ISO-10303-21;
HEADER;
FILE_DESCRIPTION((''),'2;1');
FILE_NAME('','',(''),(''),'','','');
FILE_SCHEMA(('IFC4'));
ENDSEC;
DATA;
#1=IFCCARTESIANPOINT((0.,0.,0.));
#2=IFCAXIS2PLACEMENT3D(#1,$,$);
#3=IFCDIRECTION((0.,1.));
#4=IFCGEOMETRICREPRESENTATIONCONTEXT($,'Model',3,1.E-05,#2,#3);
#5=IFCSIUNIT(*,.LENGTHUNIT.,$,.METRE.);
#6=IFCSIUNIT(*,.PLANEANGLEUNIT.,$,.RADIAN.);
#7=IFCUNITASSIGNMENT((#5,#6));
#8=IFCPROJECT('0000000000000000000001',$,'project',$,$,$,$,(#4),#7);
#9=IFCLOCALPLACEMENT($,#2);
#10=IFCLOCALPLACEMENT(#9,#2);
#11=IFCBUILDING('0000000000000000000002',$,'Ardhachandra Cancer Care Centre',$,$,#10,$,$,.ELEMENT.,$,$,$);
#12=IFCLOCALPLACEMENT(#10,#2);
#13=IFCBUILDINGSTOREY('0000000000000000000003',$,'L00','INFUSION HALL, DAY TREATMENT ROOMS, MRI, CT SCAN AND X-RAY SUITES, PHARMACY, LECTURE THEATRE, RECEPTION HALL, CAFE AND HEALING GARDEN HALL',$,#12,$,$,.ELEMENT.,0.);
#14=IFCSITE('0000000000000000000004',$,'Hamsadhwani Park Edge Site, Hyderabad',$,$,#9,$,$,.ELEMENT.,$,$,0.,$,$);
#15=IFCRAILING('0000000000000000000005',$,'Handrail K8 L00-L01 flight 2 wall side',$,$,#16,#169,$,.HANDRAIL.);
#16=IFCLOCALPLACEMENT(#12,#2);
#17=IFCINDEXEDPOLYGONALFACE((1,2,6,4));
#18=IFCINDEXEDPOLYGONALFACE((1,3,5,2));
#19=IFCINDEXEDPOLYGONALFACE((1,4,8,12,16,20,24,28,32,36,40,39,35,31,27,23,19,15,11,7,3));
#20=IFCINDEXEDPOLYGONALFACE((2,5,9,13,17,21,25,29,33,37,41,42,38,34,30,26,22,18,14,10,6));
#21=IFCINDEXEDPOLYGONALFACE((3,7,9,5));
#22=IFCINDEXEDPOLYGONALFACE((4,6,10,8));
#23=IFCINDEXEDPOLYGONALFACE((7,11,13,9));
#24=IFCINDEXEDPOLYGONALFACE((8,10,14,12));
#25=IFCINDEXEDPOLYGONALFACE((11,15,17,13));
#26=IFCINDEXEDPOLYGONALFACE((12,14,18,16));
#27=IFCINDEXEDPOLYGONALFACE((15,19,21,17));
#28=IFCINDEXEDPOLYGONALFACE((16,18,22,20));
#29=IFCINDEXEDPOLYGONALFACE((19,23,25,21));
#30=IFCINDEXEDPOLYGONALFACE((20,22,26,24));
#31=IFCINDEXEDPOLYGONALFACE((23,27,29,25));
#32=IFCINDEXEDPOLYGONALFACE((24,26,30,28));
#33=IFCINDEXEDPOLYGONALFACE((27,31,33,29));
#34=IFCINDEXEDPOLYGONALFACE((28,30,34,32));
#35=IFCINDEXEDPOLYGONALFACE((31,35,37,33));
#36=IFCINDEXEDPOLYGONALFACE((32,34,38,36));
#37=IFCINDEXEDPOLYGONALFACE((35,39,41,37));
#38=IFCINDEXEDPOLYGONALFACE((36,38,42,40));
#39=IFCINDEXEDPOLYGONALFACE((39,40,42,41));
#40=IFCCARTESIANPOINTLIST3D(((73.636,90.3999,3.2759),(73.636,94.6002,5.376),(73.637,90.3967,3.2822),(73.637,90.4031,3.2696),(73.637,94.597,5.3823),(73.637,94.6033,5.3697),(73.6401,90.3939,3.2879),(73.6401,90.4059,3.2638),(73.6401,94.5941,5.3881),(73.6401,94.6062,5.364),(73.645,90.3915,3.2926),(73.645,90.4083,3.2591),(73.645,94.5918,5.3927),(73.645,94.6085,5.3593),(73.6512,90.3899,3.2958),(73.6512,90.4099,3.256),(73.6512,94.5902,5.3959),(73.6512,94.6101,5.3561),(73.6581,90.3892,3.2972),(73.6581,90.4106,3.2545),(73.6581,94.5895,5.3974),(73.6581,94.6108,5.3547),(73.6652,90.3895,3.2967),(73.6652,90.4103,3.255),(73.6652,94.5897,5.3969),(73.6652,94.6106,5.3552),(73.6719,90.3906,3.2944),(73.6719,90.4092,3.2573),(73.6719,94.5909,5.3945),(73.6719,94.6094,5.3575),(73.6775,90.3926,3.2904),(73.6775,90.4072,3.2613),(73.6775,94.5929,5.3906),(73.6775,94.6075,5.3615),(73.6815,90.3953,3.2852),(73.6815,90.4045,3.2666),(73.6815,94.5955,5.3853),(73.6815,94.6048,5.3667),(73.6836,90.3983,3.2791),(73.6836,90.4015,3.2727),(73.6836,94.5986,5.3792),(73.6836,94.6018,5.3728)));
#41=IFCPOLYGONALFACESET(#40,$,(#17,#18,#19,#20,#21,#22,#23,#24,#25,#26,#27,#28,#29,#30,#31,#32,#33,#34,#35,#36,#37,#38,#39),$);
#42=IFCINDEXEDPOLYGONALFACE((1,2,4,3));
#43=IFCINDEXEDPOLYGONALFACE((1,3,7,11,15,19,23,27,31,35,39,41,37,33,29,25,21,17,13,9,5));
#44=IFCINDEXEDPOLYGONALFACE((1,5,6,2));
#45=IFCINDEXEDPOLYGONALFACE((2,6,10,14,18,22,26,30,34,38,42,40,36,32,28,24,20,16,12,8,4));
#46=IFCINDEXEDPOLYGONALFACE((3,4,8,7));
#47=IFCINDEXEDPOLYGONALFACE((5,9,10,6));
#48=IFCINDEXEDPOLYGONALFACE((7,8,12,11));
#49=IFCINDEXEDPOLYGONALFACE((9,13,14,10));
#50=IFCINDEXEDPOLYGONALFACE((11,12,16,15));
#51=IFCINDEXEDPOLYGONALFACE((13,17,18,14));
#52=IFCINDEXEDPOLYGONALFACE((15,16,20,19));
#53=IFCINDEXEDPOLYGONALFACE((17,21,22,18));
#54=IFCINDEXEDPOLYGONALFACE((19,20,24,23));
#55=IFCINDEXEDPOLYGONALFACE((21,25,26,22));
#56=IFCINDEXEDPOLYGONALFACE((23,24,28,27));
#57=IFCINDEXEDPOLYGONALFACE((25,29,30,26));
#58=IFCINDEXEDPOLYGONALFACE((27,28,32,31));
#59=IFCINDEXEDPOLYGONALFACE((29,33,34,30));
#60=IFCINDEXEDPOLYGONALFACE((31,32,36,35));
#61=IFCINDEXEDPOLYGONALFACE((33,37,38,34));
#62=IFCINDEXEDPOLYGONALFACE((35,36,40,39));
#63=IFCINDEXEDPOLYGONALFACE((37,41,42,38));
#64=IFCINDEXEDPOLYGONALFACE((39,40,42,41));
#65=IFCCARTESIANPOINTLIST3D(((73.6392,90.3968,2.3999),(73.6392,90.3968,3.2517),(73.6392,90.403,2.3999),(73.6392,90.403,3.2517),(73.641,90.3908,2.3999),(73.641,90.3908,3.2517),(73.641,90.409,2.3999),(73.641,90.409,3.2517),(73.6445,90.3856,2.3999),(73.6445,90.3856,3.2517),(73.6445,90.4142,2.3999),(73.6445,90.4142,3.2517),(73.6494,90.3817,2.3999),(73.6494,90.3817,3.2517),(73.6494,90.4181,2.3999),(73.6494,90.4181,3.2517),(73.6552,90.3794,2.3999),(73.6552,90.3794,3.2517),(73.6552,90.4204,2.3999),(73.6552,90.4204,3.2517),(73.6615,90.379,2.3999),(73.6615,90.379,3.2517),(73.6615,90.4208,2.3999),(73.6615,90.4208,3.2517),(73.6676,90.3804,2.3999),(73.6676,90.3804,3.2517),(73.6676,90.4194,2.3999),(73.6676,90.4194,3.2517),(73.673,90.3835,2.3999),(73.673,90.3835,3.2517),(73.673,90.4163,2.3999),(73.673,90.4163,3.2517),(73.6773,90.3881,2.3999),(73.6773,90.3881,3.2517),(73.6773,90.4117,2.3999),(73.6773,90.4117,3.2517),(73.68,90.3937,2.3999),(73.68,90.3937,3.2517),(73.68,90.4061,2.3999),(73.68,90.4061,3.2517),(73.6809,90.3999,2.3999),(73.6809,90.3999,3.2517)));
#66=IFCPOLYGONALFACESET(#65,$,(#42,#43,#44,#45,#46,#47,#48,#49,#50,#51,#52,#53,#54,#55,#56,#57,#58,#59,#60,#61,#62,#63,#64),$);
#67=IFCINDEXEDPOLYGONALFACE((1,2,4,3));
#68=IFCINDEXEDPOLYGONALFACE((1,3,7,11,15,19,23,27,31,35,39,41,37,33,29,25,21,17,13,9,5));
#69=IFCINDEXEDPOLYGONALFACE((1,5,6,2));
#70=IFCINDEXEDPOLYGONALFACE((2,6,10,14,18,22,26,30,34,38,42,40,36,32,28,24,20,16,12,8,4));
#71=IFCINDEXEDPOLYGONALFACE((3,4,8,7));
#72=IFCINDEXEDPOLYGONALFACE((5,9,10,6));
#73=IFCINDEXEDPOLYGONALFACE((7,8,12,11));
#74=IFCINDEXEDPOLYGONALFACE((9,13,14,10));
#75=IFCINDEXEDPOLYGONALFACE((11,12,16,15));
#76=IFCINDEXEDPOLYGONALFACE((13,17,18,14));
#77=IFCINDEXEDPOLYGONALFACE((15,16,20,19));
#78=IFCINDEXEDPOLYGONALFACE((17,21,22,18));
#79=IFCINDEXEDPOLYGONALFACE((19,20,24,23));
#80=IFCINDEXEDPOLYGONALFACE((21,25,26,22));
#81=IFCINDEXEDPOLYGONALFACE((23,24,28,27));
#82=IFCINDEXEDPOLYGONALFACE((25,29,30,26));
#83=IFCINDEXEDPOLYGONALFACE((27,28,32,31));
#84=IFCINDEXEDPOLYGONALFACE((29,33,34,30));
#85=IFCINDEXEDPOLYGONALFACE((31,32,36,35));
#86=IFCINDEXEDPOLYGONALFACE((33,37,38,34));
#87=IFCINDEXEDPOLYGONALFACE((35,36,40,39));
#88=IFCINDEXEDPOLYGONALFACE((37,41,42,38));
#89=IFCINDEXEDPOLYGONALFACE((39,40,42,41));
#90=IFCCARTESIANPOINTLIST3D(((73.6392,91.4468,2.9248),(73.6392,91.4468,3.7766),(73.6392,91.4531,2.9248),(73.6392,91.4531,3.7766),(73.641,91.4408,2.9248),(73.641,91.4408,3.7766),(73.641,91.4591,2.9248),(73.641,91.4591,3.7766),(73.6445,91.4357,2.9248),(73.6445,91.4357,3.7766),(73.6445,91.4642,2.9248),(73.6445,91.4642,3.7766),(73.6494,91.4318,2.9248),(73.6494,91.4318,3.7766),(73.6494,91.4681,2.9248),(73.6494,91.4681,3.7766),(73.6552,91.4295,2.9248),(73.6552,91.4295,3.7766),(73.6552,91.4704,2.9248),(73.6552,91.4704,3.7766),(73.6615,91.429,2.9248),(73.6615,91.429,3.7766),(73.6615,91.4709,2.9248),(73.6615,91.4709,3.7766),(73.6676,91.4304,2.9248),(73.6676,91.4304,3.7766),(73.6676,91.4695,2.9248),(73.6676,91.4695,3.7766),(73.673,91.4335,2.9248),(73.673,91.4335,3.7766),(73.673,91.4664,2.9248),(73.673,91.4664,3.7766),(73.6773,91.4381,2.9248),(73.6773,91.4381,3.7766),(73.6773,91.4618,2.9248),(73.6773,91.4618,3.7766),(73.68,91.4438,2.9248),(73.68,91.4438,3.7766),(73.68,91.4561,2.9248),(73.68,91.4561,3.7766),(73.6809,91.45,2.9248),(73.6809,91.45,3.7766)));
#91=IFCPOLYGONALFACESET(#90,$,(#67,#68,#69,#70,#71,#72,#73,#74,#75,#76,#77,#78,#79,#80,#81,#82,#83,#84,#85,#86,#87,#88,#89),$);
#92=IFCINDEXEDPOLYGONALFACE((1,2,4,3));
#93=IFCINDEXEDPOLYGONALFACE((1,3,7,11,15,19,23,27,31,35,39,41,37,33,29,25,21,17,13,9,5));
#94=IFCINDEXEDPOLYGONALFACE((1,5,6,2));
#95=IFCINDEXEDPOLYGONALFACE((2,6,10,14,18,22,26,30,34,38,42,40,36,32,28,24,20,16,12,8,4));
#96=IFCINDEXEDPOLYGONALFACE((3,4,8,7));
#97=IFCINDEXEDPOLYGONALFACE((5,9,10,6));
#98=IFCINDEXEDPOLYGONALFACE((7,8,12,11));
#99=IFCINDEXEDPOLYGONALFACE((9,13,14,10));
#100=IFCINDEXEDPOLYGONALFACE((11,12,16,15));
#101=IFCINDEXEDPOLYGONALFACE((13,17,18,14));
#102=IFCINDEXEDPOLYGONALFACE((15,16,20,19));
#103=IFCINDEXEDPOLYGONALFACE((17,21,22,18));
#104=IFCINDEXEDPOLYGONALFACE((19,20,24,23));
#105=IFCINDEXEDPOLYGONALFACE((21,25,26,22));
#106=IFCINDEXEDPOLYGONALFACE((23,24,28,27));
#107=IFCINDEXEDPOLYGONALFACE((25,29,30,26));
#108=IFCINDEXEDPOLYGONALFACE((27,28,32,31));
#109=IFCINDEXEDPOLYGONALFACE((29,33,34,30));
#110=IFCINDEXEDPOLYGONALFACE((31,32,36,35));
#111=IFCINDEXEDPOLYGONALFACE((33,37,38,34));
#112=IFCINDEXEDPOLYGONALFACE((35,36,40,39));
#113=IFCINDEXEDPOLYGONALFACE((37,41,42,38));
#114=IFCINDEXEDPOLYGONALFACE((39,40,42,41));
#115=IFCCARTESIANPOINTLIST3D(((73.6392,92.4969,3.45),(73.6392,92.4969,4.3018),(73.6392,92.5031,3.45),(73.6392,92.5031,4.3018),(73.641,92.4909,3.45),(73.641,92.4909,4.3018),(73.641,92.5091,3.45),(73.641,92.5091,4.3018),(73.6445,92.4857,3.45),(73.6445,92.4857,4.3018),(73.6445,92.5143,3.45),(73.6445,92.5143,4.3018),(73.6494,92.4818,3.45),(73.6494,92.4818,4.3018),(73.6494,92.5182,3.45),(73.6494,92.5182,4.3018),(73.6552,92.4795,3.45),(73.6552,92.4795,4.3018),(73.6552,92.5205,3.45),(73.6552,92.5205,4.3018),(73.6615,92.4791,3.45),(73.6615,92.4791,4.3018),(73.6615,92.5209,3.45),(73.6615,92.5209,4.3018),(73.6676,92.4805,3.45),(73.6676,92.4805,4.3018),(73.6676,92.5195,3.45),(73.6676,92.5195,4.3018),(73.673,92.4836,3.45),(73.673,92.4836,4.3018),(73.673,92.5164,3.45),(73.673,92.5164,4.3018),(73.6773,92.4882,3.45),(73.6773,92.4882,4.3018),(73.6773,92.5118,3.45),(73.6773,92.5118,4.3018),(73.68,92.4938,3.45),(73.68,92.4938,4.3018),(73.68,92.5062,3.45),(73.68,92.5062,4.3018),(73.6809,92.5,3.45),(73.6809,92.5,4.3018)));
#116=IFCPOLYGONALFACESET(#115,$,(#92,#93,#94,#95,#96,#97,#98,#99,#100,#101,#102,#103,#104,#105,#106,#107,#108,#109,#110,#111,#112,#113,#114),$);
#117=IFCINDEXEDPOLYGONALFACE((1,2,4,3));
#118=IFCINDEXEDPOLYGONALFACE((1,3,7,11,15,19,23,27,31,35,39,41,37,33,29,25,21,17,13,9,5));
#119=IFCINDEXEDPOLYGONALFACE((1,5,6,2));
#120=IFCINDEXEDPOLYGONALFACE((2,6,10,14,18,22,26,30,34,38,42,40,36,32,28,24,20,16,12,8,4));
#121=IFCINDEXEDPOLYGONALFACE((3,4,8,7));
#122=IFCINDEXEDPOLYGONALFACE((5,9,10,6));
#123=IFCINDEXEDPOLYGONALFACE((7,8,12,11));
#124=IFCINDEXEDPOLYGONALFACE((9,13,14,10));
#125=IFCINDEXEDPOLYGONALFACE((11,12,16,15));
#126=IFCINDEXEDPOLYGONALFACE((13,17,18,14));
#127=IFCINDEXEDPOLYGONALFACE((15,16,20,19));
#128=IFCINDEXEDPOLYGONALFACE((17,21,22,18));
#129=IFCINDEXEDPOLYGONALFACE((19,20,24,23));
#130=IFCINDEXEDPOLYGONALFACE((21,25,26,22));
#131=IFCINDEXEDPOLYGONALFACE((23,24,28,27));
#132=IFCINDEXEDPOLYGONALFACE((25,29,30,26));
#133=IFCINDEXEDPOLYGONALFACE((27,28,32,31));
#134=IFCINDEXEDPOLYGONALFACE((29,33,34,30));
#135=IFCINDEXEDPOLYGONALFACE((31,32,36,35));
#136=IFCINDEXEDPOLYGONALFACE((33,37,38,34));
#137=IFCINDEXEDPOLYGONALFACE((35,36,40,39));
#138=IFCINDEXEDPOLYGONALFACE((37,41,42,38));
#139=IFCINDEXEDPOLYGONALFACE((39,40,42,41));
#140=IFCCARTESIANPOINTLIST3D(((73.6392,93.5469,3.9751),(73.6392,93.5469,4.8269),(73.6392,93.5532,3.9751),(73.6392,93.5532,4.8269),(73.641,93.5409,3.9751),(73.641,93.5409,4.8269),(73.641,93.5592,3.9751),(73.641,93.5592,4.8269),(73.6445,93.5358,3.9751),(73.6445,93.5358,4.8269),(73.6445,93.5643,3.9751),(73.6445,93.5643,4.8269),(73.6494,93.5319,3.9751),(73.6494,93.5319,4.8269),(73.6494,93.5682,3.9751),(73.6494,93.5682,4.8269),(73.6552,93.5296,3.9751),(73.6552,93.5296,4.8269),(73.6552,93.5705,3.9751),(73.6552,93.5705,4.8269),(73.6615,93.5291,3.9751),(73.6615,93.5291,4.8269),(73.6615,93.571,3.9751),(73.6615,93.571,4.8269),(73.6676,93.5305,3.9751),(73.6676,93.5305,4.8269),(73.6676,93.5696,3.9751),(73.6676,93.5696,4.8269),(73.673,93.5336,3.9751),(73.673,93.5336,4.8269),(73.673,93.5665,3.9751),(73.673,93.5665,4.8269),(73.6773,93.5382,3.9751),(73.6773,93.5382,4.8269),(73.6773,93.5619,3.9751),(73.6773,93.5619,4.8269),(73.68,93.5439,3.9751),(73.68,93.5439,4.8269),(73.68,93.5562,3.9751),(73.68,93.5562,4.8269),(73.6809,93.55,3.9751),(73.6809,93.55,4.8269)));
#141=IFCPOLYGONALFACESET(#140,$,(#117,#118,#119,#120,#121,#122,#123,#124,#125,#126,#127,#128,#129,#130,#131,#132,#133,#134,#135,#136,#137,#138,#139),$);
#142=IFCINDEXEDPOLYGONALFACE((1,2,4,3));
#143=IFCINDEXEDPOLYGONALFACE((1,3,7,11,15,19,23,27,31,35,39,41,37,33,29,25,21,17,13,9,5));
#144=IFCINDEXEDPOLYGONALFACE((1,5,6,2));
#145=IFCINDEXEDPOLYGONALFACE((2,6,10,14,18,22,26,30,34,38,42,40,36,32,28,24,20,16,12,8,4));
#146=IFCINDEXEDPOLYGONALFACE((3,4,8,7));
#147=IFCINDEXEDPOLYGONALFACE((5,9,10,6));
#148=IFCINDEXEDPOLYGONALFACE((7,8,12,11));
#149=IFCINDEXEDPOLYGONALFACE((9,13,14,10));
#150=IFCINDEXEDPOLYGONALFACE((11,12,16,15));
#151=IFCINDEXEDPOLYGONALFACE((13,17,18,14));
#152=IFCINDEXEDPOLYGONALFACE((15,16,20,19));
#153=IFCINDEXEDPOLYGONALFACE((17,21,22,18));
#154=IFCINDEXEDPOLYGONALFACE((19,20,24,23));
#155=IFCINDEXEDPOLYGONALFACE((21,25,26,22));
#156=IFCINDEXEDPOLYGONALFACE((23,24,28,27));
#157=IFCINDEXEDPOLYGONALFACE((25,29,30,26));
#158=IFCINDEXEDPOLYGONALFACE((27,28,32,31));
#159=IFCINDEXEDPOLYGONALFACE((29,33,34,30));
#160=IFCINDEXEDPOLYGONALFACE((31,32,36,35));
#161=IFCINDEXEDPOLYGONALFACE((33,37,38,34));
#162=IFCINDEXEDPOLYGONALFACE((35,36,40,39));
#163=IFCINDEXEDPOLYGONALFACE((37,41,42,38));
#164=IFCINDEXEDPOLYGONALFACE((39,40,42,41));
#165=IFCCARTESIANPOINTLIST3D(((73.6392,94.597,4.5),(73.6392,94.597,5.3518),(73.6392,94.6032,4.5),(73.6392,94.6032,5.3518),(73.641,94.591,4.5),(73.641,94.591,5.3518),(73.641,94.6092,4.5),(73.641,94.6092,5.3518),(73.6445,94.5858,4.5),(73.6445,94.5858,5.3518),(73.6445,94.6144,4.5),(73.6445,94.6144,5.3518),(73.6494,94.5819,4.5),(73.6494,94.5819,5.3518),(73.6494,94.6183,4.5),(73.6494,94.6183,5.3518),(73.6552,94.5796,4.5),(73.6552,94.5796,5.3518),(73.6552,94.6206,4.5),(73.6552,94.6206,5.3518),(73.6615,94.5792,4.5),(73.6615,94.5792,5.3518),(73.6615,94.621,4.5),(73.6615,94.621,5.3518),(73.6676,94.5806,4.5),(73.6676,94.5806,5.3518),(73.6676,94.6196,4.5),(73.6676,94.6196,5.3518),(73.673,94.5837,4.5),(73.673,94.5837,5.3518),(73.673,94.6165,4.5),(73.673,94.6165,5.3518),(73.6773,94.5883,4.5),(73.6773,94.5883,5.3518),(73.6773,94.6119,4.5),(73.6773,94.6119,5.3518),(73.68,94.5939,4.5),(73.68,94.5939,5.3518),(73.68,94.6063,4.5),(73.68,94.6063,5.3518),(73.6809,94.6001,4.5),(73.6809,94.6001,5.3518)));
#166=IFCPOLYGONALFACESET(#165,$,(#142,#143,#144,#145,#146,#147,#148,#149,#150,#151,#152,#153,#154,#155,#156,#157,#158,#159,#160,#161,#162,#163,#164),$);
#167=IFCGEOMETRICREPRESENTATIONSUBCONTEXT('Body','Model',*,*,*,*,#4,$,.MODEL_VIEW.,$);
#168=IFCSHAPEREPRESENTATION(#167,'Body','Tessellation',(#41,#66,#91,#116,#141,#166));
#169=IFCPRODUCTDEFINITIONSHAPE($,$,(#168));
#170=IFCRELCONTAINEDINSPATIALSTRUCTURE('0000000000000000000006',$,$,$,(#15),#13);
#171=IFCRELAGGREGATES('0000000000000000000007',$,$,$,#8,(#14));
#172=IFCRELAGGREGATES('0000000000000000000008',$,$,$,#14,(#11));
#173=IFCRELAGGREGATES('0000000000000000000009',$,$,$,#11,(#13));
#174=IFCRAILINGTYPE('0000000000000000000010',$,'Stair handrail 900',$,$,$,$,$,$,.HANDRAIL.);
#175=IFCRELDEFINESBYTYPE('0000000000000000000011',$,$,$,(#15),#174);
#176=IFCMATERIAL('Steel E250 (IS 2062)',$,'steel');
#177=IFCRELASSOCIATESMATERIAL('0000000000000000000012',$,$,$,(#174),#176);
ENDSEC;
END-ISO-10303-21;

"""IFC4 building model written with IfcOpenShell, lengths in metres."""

from ifc_helpers import new_model, si_unit, direction, frame, origin, origin_2d, place, context, subcontext, project, spatial, circle, extrude, material, type_object, element, save


model = new_model("IFC4")

# Units and contexts
model_context = context("Model", 3, precision=1e-05, world=origin(), true_north=direction((0.0, 1.0)))
body_context = subcontext(model_context, "Body", "Model", "MODEL_VIEW")
ifc_project = project(units=[si_unit("LENGTHUNIT", "METRE"), si_unit("PLANEANGLEUNIT", "RADIAN")], contexts=[model_context])

# Site, building, storey
site_placement = place(None, origin())
site = spatial("IfcSite", under=ifc_project, at=site_placement, Name="Hamsadhwani Park Edge Site, Hyderabad", CompositionType="ELEMENT", RefElevation=0.0)
building_placement = place(site_placement, origin())
building = spatial("IfcBuilding", under=site, at=building_placement, Name="Ardhachandra Cancer Care Centre", CompositionType="ELEMENT")
storey_placement = place(building_placement, origin())
storey = spatial("IfcBuildingStorey", under=building, at=storey_placement, Name="L00", Description="INFUSION HALL, DAY TREATMENT ROOMS, MRI, CT SCAN AND X-RAY SUITES, PHARMACY, LECTURE THEATRE, RECEPTION HALL, CAFE AND HEALING GARDEN HALL", CompositionType="ELEMENT", Elevation=0.0)

# Railing
ifc_material_1 = material(Name="Steel E250 (IS 2062)", Category="steel")
railing_type_1 = type_object("IfcRailingType", Name="Stair handrail 900", PredefinedType="HANDRAIL", material=ifc_material_1)
for number, where, name in (
    (1, (73.6599, 90.3999, 2.3999), "Handrail K8 L00-L01 flight 2 wall side"),
):
    element("IfcRailing", number, at=place(storey_placement, frame(where)), inside=storey, type_object=railing_type_1, Name=name, PredefinedType="HANDRAIL", context=body_context, shape_type="SweptSolid", body=[
        extrude(circle(Radius=0.0239, at=origin_2d()), frame((0.0, 0.0, 0.876), z_axis=(0.0, 0.894427, 0.447214), x_axis=(-1.0, 0.0, 0.0)), (0.0, 0.0, 1.0), 4.696),
        extrude(circle(Radius=0.021, at=origin_2d()), origin(), (0.0, 0.0, 1.0), 0.8518),
        extrude(circle(Radius=0.021, at=origin_2d()), frame((0.0, 1.05, 0.5249)), (0.0, 0.0, 1.0), 0.8518),
        extrude(circle(Radius=0.021, at=origin_2d()), frame((0.0, 2.1001, 1.05)), (0.0, 0.0, 1.0), 0.8518),
        extrude(circle(Radius=0.021, at=origin_2d()), frame((0.0, 3.1501, 1.5752)), (0.0, 0.0, 1.0), 0.8518),
        extrude(circle(Radius=0.021, at=origin_2d()), frame((0.0, 4.2002, 2.1001)), (0.0, 0.0, 1.0), 0.8518),
    ])

save(model, "model.ifc")
